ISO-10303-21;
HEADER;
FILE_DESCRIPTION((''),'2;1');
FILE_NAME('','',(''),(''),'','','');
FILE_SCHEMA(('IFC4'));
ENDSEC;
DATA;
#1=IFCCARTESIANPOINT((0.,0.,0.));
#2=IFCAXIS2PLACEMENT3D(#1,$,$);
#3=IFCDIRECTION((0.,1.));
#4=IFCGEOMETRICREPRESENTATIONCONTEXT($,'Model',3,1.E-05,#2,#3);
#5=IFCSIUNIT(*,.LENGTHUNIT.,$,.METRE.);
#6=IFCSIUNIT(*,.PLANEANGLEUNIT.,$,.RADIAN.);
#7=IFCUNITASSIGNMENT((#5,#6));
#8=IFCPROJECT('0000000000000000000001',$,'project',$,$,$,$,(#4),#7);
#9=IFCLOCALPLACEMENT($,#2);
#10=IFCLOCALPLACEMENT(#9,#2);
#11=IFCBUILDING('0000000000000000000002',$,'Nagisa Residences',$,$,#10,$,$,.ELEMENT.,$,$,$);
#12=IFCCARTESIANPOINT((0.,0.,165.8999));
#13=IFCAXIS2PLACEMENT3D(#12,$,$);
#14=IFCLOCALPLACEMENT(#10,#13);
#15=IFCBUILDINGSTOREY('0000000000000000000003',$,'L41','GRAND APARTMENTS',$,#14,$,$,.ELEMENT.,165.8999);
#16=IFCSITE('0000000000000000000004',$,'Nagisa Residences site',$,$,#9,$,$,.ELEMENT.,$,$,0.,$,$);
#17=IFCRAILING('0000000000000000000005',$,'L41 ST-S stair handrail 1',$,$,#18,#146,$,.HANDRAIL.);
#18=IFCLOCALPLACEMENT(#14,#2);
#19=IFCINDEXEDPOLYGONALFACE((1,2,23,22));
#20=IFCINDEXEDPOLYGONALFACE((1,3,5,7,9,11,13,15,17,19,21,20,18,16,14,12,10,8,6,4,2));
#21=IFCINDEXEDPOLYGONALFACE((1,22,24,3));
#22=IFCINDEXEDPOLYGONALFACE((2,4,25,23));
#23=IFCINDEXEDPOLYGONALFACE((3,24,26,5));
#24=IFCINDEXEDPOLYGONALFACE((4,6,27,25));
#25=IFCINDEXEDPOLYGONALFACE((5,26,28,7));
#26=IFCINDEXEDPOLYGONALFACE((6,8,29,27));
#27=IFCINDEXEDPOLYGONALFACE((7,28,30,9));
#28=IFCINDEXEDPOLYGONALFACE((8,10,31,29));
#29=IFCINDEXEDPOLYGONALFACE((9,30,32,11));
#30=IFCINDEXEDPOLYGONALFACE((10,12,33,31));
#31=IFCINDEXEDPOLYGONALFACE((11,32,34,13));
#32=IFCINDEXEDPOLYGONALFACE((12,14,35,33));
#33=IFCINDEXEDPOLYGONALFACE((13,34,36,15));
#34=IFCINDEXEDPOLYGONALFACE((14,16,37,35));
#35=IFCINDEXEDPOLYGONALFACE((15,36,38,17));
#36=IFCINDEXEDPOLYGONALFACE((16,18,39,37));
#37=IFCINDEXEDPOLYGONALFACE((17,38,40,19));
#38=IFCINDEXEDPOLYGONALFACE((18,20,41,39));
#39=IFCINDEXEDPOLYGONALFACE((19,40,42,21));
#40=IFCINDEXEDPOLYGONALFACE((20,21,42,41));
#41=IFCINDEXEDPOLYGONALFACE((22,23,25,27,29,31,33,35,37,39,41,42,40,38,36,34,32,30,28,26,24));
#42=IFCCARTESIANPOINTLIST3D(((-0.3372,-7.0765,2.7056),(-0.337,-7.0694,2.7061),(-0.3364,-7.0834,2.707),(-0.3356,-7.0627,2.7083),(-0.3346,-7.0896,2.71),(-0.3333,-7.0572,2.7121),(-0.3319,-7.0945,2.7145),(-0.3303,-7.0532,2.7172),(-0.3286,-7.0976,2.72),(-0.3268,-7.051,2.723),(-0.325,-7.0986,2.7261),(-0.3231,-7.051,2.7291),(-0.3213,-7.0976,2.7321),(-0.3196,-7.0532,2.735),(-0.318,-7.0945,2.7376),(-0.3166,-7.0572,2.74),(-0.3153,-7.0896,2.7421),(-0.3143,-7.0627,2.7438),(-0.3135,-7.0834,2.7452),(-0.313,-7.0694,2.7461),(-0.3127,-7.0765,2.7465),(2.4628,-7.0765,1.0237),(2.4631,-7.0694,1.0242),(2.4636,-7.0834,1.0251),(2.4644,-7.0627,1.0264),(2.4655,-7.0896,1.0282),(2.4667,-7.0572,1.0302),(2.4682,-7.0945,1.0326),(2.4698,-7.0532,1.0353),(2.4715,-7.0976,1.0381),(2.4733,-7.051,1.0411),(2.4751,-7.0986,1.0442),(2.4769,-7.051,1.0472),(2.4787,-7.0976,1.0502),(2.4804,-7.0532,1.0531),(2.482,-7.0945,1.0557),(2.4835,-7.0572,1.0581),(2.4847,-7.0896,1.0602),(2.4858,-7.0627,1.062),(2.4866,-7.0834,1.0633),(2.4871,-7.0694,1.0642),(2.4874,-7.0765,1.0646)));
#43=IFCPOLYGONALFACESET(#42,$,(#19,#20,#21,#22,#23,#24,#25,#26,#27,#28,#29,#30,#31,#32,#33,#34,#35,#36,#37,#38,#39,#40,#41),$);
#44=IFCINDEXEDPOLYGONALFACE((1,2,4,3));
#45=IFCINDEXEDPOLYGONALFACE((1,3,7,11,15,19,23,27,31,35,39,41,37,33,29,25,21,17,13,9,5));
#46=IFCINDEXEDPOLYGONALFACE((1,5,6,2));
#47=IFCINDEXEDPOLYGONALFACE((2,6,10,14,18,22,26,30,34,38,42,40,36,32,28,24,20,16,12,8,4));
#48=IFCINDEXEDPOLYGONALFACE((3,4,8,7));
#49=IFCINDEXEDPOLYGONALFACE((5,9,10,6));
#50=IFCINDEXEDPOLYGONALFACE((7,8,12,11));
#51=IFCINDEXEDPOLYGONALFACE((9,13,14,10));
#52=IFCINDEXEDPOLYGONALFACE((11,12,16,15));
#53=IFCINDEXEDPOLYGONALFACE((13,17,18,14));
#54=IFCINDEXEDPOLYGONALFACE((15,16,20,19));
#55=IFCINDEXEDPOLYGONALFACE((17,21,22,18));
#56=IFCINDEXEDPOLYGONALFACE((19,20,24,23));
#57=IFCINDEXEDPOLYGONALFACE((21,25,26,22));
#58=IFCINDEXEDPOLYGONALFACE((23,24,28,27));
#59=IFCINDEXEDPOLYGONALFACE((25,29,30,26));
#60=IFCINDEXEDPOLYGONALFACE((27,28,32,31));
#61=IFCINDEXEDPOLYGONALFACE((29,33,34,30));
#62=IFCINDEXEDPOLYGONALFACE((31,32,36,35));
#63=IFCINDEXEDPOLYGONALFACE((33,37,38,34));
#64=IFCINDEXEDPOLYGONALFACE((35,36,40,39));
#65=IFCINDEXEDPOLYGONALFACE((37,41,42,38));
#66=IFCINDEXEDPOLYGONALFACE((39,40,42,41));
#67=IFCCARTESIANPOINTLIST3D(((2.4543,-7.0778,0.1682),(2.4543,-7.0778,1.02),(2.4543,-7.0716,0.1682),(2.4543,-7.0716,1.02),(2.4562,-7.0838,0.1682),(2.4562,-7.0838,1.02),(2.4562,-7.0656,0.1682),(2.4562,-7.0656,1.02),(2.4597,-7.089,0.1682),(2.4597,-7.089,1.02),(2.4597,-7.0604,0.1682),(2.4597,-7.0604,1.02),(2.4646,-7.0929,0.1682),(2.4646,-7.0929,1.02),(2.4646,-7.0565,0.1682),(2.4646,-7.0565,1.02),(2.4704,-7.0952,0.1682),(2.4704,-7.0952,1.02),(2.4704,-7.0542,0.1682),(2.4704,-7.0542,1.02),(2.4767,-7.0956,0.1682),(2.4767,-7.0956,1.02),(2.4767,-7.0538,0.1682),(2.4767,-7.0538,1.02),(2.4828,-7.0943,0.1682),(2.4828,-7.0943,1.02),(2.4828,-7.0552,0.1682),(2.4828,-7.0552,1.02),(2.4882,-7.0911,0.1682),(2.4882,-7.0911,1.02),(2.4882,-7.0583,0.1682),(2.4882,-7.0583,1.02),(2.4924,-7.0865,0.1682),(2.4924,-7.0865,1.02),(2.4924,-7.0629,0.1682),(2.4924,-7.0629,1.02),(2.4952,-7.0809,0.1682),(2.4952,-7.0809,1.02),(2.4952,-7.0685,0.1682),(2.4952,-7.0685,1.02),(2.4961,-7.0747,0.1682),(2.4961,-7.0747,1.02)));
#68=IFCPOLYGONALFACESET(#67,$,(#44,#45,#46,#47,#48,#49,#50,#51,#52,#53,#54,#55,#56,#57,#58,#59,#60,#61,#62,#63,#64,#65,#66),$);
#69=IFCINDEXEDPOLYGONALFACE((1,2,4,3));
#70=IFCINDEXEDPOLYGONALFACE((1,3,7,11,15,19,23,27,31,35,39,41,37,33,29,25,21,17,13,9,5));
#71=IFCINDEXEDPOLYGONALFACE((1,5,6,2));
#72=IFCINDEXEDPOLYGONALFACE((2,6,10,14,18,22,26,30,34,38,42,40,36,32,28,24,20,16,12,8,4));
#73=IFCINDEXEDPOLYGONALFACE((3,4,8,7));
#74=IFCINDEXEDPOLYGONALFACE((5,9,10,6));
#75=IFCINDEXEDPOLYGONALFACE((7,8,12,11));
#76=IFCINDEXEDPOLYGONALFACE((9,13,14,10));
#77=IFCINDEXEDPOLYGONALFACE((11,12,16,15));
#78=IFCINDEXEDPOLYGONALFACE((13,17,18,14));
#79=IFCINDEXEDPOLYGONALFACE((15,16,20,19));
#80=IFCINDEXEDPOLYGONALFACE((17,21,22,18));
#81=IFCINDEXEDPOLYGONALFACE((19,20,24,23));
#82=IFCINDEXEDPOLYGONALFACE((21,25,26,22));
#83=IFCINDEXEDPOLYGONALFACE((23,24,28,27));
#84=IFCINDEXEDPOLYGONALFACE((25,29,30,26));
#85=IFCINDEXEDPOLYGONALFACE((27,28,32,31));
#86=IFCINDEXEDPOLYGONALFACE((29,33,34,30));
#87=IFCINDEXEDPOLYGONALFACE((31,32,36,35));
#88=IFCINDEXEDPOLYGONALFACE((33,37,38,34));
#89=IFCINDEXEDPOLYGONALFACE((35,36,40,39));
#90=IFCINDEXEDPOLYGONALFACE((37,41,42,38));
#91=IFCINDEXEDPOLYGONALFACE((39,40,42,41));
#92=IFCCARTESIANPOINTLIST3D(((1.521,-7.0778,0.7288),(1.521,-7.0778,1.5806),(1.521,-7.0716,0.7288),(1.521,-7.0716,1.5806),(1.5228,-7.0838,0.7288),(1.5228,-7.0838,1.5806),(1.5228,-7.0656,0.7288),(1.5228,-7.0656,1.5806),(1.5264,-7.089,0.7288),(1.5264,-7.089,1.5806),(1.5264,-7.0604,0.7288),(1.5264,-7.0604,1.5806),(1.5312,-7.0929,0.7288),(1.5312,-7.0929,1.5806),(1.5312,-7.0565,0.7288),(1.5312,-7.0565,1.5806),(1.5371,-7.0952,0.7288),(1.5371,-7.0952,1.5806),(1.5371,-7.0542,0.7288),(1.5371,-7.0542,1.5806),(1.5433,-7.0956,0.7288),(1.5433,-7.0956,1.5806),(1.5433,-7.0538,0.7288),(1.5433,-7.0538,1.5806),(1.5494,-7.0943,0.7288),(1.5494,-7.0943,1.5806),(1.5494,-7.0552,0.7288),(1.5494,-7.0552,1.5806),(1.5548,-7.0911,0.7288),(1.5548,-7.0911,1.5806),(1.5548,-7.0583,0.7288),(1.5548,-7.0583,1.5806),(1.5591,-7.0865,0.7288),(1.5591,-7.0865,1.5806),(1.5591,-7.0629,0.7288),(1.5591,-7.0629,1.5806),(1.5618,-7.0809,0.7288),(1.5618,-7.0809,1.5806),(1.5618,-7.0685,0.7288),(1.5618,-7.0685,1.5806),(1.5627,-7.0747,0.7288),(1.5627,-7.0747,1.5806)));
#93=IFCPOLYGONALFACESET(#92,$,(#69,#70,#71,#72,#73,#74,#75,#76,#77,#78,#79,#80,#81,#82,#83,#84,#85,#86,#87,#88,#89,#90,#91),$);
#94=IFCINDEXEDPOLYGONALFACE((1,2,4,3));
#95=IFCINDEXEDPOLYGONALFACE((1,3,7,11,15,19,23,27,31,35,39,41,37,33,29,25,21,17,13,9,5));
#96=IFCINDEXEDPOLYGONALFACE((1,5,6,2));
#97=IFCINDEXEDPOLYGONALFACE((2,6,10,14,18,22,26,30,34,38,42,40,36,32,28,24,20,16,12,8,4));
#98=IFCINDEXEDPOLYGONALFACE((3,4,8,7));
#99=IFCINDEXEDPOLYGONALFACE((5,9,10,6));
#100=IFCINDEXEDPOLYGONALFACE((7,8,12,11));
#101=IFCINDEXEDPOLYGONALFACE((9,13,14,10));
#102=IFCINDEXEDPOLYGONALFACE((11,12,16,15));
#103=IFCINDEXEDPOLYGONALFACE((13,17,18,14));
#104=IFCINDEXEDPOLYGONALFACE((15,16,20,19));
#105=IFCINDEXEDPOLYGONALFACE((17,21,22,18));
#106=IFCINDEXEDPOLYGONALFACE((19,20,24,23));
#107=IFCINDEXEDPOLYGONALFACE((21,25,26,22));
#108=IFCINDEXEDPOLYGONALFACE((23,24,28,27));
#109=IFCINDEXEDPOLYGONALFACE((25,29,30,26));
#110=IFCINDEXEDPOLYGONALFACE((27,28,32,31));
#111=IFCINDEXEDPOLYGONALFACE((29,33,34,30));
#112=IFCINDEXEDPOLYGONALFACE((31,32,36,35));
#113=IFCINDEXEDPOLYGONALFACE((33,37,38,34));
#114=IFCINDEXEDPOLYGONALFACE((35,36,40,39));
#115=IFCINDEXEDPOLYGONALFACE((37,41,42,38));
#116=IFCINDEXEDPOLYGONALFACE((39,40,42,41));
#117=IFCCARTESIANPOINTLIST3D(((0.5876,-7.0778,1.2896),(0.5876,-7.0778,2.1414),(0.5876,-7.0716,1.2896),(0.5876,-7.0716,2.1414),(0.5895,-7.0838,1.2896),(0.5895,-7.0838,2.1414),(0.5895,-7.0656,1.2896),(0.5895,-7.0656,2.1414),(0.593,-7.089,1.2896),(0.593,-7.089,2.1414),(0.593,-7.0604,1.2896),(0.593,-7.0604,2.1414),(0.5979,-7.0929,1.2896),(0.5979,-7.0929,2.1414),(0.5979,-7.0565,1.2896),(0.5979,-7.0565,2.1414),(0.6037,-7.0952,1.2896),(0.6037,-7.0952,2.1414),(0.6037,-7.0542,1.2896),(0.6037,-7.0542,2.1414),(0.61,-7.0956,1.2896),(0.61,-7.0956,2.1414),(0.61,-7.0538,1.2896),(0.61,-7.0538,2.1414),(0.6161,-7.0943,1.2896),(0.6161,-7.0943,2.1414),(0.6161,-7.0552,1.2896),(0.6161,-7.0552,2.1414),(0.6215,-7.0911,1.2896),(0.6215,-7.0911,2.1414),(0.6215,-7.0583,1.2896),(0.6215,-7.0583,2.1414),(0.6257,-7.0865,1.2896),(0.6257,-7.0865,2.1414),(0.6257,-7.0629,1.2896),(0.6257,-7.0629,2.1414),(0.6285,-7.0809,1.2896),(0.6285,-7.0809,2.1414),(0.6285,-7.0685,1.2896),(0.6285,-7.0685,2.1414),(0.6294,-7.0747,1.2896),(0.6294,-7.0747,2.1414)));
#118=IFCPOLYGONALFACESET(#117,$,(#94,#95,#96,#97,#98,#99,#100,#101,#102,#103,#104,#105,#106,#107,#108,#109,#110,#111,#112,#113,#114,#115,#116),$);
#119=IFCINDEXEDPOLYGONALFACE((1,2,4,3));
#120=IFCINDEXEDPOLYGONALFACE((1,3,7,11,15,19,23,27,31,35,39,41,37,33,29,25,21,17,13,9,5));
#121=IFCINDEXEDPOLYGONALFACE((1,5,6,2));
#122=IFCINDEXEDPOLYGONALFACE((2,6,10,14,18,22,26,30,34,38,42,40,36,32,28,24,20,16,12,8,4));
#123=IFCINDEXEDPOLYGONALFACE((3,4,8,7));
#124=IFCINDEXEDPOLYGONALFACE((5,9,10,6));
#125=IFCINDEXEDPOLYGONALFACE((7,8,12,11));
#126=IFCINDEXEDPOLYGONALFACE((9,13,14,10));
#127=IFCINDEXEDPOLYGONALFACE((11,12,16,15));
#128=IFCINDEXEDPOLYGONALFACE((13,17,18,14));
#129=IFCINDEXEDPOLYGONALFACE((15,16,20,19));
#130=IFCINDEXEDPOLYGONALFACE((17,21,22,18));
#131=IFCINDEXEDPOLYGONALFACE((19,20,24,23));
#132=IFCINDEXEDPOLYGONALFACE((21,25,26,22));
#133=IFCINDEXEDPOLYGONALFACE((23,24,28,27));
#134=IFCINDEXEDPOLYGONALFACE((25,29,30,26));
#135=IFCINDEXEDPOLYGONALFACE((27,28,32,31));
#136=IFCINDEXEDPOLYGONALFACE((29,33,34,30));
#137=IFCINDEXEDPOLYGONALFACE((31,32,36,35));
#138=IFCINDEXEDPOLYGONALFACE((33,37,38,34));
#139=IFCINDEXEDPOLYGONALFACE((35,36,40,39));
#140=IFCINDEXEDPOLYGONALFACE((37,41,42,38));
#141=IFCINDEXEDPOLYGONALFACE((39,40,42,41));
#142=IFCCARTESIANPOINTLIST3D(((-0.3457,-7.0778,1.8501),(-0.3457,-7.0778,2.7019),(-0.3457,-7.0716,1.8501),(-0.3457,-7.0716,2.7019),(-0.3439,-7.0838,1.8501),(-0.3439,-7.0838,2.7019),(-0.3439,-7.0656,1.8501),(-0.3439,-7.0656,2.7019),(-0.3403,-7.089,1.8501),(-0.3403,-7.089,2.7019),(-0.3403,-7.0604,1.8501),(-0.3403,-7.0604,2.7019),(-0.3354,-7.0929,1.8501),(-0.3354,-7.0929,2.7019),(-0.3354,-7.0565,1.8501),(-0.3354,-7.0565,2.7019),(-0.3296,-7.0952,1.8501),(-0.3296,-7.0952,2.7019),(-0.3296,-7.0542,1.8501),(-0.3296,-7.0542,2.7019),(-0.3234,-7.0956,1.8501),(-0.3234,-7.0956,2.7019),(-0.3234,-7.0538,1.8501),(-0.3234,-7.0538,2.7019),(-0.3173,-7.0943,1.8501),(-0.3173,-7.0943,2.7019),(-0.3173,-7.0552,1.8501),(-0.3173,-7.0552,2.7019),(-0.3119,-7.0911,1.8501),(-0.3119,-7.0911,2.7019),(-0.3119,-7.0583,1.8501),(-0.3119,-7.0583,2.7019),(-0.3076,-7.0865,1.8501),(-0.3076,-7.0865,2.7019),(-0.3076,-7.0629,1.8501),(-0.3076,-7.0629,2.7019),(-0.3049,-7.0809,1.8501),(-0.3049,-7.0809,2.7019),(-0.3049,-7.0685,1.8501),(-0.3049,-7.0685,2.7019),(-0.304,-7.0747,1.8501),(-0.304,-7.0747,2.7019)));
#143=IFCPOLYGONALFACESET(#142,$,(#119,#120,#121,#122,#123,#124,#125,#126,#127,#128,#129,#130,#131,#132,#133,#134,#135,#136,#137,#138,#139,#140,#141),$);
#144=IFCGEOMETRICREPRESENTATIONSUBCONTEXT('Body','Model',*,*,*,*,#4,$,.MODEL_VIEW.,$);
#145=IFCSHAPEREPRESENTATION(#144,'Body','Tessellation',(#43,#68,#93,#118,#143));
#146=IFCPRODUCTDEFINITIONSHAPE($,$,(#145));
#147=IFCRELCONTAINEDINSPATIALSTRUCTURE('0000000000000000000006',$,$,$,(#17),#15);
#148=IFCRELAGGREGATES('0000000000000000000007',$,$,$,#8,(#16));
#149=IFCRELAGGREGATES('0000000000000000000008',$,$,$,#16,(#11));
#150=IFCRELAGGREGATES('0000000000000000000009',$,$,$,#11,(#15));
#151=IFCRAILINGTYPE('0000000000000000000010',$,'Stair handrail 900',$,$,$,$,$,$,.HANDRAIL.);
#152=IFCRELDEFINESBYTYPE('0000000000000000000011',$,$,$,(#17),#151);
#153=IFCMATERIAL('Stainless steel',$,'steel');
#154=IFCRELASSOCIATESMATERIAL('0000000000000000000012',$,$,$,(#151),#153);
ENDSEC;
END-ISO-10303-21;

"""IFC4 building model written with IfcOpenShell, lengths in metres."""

from ifc_helpers import new_model, si_unit, direction, frame, origin, origin_2d, place, context, subcontext, project, spatial, circle, extrude, material, type_object, element, save


model = new_model("IFC4")

# Units and contexts
model_context = context("Model", 3, precision=1e-05, world=origin(), true_north=direction((0.0, 1.0)))
body_context = subcontext(model_context, "Body", "Model", "MODEL_VIEW")
ifc_project = project(units=[si_unit("LENGTHUNIT", "METRE"), si_unit("PLANEANGLEUNIT", "RADIAN")], contexts=[model_context])

# Site, building, storey
site_placement = place(None, origin())
site = spatial("IfcSite", under=ifc_project, at=site_placement, Name="Nagisa Residences site", CompositionType="ELEMENT", RefElevation=0.0)
building_placement = place(site_placement, origin())
building = spatial("IfcBuilding", under=site, at=building_placement, Name="Nagisa Residences", CompositionType="ELEMENT")
storey_placement = place(building_placement, frame((0.0, 0.0, 165.8999)))
storey = spatial("IfcBuildingStorey", under=building, at=storey_placement, Name="L41", Description="GRAND APARTMENTS", CompositionType="ELEMENT", Elevation=165.8999)

# Railing
ifc_material_1 = material(Name="Stainless steel", Category="steel")
railing_type_1 = type_object("IfcRailingType", Name="Stair handrail 900", PredefinedType="HANDRAIL", material=ifc_material_1)
railing_1_placement = place(storey_placement, frame((2.4751, -7.0747, 0.1682)))
element("IfcRailing", 1, at=railing_1_placement, inside=storey, type_object=railing_type_1, Name="L41 ST-S stair handrail 1", PredefinedType="HANDRAIL", context=body_context, shape_type="SweptSolid", body=[
    extrude(circle(Radius=0.0239, at=origin_2d()), frame((0.0, 0.0, 0.876), z_axis=(-0.857242, 0.0, 0.514913), x_axis=(0.0, -1.0, 0.0)), (0.0, 0.0, 1.0), 3.2664),
    extrude(circle(Radius=0.021, at=origin_2d()), origin(), (0.0, 0.0, 1.0), 0.8518),
    extrude(circle(Radius=0.021, at=origin_2d()), frame((-0.9333, 0.0, 0.5605)), (0.0, 0.0, 1.0), 0.8518),
    extrude(circle(Radius=0.021, at=origin_2d()), frame((-1.8667, 0.0, 1.1213)), (0.0, 0.0, 1.0), 0.8518),
    extrude(circle(Radius=0.021, at=origin_2d()), frame((-2.8, 0.0, 1.6819)), (0.0, 0.0, 1.0), 0.8518),
])

save(model, "model.ifc")
